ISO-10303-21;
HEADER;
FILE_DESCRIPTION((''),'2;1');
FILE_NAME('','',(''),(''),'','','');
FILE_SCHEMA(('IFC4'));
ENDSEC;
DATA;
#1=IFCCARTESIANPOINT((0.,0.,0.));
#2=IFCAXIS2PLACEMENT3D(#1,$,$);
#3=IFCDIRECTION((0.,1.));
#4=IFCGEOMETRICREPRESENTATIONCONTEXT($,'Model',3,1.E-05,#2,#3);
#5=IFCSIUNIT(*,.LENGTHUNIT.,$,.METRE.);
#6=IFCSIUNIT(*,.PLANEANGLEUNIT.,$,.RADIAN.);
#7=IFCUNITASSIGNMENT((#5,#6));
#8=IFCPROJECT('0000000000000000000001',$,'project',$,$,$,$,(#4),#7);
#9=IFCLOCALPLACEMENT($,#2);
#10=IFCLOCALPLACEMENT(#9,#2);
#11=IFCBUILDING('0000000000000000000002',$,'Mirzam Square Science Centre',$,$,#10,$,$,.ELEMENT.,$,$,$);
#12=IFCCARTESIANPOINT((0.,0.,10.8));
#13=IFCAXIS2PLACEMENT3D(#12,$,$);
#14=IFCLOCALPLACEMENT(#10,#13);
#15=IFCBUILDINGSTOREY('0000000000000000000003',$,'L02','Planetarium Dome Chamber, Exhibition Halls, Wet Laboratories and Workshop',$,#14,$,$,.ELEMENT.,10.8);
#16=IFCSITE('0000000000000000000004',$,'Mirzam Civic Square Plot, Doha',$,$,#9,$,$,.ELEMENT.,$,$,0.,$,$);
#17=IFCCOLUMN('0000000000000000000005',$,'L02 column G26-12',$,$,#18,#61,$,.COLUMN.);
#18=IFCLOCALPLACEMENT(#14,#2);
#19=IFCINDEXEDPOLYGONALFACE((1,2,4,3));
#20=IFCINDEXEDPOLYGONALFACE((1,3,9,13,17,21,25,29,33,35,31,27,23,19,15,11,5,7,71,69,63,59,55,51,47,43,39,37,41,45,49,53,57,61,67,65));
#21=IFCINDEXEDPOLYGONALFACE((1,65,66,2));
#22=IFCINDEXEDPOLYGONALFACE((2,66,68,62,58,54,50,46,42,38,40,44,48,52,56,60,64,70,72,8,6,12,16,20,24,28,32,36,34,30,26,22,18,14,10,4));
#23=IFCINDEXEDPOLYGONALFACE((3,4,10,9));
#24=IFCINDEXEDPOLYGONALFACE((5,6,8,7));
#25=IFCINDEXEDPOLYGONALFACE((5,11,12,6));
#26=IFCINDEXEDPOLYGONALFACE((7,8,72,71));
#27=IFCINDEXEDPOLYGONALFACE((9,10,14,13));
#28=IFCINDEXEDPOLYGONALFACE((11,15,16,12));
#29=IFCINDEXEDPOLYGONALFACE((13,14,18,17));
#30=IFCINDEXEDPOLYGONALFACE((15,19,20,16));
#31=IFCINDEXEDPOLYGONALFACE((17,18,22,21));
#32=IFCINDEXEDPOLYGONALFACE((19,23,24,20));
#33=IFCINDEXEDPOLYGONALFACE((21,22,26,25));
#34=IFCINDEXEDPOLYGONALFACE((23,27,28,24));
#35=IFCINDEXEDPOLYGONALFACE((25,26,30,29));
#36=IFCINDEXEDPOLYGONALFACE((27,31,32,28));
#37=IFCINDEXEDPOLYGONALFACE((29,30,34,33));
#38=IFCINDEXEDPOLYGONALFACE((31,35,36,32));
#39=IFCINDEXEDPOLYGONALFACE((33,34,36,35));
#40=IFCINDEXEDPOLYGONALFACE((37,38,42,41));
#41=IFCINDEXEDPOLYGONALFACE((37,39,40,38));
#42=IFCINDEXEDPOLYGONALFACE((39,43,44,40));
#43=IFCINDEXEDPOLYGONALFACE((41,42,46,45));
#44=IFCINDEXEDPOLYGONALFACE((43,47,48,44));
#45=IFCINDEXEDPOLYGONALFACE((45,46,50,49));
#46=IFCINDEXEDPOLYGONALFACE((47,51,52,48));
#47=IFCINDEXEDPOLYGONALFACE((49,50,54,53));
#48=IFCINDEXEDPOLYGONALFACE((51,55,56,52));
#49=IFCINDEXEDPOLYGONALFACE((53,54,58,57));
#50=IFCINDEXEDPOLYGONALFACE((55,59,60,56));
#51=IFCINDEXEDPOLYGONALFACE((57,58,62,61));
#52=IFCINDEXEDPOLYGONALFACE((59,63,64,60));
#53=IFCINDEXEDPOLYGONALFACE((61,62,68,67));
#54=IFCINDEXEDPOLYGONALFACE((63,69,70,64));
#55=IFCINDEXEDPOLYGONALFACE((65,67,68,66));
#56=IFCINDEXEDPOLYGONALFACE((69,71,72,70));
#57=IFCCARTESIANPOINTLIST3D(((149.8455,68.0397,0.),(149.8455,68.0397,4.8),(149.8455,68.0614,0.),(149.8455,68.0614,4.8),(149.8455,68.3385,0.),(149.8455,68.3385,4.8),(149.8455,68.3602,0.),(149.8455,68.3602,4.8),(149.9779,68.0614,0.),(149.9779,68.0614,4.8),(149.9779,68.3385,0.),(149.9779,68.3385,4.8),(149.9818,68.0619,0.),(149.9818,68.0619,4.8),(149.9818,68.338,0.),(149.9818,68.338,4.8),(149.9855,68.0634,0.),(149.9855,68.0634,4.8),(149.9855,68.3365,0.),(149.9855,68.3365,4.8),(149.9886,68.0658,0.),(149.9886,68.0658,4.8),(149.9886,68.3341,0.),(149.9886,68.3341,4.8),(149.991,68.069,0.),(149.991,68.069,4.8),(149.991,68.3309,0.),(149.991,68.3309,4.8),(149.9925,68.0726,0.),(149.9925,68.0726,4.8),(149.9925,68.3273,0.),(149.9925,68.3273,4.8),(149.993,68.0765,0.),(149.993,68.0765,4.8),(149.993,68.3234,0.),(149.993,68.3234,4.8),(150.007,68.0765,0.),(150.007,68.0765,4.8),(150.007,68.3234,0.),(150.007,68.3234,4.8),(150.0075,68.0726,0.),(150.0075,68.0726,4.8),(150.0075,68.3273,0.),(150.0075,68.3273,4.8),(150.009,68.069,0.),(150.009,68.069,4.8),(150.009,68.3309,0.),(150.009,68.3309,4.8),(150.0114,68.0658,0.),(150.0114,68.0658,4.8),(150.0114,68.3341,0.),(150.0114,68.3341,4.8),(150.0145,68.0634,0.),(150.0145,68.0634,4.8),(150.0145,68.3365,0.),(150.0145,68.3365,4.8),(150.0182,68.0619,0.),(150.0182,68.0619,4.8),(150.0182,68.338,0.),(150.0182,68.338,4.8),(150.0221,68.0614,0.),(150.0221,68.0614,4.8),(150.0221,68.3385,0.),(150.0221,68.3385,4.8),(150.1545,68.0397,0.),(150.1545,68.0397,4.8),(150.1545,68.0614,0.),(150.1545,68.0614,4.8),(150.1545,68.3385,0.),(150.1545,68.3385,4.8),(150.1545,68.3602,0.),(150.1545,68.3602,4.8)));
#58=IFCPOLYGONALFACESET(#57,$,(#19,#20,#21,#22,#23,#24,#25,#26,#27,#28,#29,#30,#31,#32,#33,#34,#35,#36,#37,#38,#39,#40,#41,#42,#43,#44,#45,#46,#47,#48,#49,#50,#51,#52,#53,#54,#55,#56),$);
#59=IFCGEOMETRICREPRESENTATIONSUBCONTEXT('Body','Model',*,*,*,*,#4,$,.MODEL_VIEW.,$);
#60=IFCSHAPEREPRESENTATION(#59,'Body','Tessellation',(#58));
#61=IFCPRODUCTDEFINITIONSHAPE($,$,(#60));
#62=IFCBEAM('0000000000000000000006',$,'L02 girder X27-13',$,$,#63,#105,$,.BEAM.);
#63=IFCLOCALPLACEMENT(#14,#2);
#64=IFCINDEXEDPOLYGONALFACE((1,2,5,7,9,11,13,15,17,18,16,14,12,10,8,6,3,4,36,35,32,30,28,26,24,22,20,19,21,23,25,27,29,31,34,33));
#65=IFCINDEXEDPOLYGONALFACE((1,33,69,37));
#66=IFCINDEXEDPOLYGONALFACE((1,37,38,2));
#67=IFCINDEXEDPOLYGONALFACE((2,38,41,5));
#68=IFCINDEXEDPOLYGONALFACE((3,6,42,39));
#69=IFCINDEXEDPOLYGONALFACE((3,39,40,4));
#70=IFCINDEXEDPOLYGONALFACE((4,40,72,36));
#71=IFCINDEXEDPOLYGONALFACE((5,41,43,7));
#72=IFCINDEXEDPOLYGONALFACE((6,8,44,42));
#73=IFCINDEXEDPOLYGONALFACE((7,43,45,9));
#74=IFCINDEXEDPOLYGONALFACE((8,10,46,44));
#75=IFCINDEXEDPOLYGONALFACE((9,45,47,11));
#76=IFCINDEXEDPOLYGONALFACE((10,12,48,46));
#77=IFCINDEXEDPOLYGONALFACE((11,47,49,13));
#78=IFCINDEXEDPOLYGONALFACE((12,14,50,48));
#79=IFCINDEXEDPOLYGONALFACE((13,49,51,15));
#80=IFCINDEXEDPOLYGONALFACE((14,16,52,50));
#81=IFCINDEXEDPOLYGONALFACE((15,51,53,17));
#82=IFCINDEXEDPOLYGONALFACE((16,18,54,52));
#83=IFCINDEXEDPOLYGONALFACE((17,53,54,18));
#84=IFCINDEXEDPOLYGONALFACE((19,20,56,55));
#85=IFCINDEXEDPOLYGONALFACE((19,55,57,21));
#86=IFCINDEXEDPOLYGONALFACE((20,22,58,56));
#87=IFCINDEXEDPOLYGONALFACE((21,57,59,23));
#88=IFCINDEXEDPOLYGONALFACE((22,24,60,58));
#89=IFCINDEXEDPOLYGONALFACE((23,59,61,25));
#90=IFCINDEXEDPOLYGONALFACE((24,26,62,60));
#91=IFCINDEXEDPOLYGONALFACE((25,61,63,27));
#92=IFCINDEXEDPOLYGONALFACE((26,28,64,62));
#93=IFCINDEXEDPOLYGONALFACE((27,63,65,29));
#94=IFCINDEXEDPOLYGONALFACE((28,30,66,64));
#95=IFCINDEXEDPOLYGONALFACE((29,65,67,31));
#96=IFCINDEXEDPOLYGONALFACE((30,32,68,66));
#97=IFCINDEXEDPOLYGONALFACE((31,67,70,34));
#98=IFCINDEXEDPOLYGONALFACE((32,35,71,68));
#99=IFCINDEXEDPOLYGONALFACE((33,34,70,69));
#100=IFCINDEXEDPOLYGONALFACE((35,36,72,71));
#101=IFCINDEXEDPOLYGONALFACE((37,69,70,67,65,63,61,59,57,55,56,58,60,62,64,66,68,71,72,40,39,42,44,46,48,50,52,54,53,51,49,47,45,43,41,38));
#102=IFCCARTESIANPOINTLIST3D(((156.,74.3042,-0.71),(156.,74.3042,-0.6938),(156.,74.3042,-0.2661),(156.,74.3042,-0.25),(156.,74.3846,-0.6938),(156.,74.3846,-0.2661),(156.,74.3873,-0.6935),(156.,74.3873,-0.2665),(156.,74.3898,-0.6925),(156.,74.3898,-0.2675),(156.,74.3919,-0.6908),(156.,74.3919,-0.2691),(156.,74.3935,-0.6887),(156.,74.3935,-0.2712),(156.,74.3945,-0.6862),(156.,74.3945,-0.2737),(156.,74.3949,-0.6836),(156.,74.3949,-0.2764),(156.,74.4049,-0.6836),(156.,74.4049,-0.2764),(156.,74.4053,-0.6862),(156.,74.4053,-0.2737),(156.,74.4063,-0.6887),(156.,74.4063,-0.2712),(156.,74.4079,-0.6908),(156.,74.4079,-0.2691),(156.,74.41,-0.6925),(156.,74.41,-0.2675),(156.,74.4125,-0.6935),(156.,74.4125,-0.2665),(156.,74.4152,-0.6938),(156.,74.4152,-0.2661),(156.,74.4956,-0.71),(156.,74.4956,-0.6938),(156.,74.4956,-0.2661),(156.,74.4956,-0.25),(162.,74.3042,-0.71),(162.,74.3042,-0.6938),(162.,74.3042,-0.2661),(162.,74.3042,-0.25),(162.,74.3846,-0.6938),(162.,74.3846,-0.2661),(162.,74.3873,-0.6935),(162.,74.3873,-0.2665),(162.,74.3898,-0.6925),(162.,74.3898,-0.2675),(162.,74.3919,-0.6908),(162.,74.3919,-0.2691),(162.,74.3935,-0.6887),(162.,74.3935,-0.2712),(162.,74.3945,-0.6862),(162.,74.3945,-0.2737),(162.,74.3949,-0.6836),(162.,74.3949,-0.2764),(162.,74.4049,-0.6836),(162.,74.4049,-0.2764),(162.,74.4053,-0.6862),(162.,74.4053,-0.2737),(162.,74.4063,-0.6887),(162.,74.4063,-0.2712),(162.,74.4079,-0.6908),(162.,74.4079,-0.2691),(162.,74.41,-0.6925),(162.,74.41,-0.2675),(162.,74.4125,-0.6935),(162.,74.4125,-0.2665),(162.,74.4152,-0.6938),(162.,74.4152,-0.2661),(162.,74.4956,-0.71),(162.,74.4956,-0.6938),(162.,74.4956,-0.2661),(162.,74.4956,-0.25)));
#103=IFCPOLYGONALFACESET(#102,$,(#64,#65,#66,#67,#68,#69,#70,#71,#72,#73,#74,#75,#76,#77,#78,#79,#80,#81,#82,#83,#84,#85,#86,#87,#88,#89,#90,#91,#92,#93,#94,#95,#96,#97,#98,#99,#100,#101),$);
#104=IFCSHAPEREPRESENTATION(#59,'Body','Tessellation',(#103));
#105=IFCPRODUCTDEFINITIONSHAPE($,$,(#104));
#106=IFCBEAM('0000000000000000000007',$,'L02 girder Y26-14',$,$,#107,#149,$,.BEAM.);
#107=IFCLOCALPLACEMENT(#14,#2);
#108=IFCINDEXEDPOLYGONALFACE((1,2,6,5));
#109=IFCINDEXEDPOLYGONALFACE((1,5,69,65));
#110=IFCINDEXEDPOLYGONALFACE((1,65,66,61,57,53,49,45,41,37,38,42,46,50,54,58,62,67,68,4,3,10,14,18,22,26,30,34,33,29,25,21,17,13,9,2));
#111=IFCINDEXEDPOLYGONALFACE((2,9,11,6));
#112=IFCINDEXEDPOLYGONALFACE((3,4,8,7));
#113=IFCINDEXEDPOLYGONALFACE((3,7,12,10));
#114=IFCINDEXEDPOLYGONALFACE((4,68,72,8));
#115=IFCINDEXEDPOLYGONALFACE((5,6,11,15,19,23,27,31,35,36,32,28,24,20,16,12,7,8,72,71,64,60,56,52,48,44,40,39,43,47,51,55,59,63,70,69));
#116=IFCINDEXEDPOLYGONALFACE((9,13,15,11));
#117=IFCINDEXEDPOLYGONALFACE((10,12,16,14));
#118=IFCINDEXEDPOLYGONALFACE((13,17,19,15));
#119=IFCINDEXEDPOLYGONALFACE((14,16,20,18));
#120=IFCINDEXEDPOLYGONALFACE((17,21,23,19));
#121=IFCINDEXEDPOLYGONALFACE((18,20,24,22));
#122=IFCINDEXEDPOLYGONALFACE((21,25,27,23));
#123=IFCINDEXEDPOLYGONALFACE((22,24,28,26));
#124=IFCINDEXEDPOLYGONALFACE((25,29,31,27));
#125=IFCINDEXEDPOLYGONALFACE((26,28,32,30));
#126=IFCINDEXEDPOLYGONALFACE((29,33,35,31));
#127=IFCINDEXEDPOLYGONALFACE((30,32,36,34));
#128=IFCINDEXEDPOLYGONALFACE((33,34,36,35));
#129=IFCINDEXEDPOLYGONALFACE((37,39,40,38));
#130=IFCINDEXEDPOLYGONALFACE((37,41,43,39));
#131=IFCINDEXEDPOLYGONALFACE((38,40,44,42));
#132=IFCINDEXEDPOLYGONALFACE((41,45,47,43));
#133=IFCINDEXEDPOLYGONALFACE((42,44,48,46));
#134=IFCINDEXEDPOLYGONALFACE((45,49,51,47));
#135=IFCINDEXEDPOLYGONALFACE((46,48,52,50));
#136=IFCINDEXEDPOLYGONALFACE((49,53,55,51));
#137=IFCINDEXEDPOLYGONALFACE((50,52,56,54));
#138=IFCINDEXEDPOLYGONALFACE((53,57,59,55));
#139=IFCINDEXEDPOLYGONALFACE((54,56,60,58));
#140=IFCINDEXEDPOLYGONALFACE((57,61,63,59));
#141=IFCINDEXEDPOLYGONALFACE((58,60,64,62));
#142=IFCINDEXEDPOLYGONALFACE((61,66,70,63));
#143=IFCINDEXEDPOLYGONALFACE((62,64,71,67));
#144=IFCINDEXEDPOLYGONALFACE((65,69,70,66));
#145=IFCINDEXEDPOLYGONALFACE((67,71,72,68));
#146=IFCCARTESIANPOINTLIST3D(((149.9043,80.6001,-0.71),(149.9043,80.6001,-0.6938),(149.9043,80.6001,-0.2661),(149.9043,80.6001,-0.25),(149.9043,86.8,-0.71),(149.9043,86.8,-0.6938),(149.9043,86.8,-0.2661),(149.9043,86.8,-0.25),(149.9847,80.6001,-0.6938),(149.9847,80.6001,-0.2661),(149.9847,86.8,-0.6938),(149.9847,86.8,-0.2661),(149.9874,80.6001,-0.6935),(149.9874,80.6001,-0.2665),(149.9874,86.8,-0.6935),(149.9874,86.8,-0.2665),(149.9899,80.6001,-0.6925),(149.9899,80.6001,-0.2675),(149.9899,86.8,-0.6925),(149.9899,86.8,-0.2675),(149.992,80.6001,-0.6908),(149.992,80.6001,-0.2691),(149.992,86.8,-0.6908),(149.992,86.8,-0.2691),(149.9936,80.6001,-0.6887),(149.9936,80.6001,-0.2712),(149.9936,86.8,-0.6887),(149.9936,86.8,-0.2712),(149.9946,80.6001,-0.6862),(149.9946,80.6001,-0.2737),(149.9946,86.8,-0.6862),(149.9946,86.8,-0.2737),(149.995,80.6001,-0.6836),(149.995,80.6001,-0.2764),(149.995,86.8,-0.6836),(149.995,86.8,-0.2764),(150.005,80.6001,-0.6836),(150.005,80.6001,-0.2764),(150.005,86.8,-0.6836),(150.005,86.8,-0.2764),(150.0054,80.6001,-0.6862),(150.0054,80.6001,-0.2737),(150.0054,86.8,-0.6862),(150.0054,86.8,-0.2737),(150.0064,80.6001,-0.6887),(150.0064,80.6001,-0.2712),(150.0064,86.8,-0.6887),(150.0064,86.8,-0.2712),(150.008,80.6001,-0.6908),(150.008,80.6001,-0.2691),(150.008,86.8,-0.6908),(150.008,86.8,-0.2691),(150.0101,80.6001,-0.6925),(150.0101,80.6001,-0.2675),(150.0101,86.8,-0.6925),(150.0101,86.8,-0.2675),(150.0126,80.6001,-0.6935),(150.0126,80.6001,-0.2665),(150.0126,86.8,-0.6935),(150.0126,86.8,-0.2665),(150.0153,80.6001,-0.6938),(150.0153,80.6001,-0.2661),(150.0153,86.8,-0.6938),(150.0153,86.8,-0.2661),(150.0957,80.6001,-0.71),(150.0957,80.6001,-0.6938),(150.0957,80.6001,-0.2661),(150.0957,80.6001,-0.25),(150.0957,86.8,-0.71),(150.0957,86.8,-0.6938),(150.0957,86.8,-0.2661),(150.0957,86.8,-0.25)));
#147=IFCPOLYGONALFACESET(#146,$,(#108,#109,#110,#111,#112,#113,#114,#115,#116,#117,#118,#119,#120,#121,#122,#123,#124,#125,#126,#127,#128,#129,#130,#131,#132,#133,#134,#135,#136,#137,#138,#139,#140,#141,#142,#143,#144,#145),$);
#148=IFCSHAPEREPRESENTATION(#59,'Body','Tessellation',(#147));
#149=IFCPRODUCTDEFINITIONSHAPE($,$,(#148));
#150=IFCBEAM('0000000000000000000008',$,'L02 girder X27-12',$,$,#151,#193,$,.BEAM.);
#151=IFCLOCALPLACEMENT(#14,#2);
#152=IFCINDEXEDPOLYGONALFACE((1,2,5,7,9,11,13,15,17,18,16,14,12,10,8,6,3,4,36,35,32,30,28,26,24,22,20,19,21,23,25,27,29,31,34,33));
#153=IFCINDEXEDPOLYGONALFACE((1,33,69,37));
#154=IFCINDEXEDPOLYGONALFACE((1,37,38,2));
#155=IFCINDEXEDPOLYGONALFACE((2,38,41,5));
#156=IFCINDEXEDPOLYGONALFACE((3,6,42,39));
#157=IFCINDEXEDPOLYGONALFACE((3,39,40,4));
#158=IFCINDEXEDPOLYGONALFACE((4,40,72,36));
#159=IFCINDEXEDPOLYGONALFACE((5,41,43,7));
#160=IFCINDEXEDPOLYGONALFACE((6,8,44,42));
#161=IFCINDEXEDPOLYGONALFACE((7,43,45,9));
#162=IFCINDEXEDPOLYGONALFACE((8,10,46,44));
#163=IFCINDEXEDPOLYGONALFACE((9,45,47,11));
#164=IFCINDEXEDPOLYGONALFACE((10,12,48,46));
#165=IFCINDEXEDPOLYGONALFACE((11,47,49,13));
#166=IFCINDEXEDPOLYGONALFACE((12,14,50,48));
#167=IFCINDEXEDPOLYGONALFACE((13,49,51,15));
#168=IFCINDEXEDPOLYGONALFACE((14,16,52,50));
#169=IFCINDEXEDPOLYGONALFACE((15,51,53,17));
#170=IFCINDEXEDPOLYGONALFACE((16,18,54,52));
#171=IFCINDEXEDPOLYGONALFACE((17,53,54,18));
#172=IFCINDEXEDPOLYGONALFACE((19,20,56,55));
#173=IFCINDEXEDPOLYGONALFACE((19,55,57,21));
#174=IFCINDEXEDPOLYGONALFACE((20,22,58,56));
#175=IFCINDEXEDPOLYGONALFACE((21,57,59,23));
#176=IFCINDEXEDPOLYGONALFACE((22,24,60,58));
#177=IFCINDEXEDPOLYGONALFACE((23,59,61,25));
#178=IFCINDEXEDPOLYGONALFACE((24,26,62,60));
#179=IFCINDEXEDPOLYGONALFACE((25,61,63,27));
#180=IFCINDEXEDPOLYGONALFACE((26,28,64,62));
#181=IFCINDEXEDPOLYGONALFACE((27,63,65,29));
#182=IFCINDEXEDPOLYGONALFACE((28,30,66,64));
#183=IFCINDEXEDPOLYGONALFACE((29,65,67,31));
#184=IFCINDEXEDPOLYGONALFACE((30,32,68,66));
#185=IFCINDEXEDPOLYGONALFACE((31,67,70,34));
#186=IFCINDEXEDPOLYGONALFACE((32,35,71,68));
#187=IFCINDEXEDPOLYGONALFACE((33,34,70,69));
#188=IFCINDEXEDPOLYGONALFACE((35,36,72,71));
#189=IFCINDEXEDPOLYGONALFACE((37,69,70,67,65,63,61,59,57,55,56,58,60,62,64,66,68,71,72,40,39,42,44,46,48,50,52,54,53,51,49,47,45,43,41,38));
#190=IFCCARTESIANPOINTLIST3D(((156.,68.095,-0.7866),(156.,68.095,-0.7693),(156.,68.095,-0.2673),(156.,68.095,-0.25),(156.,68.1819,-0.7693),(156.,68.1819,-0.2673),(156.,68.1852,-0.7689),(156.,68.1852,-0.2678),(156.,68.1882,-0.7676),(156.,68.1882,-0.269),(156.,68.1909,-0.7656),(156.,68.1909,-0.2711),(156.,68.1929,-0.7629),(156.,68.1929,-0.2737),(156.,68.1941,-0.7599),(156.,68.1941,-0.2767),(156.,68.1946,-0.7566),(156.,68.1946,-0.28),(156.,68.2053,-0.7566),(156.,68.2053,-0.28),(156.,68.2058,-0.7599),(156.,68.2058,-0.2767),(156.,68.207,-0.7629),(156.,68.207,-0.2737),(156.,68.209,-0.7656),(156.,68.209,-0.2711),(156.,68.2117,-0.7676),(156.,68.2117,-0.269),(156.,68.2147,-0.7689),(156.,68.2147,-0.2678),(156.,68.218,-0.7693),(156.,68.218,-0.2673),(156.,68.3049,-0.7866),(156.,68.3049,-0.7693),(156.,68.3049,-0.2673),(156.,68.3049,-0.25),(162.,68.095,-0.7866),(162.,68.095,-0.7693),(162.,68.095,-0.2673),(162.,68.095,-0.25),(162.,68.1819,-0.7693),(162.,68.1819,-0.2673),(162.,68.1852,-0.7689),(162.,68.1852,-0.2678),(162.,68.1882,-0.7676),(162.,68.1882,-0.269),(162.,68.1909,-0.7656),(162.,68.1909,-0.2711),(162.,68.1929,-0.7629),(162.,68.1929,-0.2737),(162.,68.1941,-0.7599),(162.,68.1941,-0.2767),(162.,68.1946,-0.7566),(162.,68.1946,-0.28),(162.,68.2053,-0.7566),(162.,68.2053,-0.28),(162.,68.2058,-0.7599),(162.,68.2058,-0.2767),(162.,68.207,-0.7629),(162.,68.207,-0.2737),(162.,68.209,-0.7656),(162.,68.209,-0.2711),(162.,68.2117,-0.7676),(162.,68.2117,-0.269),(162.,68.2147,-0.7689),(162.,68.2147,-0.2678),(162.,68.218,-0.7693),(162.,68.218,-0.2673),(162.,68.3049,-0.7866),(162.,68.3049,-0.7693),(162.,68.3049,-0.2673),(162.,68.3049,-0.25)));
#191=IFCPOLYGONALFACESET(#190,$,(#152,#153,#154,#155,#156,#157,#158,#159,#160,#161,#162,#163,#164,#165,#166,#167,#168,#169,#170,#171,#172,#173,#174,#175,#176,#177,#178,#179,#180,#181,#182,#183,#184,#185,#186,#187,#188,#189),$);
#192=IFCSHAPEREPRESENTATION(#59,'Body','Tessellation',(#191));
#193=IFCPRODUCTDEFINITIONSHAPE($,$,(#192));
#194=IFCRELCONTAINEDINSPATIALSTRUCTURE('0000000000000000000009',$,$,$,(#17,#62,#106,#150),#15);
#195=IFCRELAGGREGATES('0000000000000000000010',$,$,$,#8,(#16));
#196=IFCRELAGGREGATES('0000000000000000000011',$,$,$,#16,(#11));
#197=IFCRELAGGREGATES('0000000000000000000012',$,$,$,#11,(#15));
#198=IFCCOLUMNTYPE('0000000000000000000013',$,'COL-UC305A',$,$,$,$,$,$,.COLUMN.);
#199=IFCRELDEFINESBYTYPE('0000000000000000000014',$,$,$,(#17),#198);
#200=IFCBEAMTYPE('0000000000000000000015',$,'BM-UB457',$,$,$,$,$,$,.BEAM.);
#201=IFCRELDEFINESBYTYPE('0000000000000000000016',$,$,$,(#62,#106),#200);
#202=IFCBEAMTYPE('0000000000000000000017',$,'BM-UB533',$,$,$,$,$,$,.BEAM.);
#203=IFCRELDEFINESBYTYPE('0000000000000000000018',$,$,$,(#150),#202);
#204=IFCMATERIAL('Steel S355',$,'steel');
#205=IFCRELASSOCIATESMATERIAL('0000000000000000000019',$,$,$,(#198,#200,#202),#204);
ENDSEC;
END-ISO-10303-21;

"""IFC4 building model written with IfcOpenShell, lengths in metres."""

from ifc_helpers import new_model, si_unit, direction, frame, origin, origin_2d, place, context, subcontext, project, spatial, i_section, extrude, material, material_profile, profile_set, type_object, element, save


model = new_model("IFC4")

# Units and contexts
model_context = context("Model", 3, precision=1e-05, world=origin(), true_north=direction((0.0, 1.0)))
body_context = subcontext(model_context, "Body", "Model", "MODEL_VIEW")
ifc_project = project(units=[si_unit("LENGTHUNIT", "METRE"), si_unit("PLANEANGLEUNIT", "RADIAN")], contexts=[model_context])

# Site, building, storey
site_placement = place(None, origin())
site = spatial("IfcSite", under=ifc_project, at=site_placement, Name="Mirzam Civic Square Plot, Doha", CompositionType="ELEMENT", RefElevation=0.0)
building_placement = place(site_placement, origin())
building = spatial("IfcBuilding", under=site, at=building_placement, Name="Mirzam Square Science Centre", CompositionType="ELEMENT")
storey_placement = place(building_placement, frame((0.0, 0.0, 10.8)))
storey = spatial("IfcBuildingStorey", under=building, at=storey_placement, Name="L02", Description="Planetarium Dome Chamber, Exhibition Halls, Wet Laboratories and Workshop", CompositionType="ELEMENT", Elevation=10.8)

# Column
ifc_material_1 = material(Name="Steel S355", Category="steel")
ifc_material_profile_1 = material_profile(ifc_material_1, i_section(OverallWidth=0.3091, OverallDepth=0.3206, WebThickness=0.0139, FlangeThickness=0.0217, FilletRadius=0.0151, at=origin_2d()), Name="305x305x137UC")
ifc_profile_set_1 = profile_set([ifc_material_profile_1], Name="Steel S355")
column_type_1 = type_object("IfcColumnType", Name="COL-UC305A", PredefinedType="COLUMN", material=ifc_profile_set_1)
column_1_placement = place(storey_placement, frame((150.0, 68.2, 0.0), z_axis=(0.0, 0.0, 1.0), x_axis=(1.0, 0.0, 0.0)))
element("IfcColumn", 1, at=column_1_placement, inside=storey, type_object=column_type_1, Name="L02 column G26-12", PredefinedType="COLUMN", context=body_context, shape_type="SweptSolid", body=[
    extrude(i_section(OverallWidth=0.3091, OverallDepth=0.3206, WebThickness=0.0139, FlangeThickness=0.0217, FilletRadius=0.0151, at=origin_2d()), origin(), (0.0, 0.0, 1.0), 4.8),
])

# Beams
ifc_material_profile_2 = material_profile(ifc_material_1, i_section(OverallWidth=0.1914, OverallDepth=0.46, WebThickness=0.01, FlangeThickness=0.0161, FilletRadius=0.0103, at=origin_2d()), Name="457x191x82UB")
ifc_profile_set_2 = profile_set([ifc_material_profile_2], Name="Steel S355")
beam_type_1 = type_object("IfcBeamType", Name="BM-UB457", PredefinedType="BEAM", material=ifc_profile_set_2)
beam_1_placement = place(storey_placement, frame((156.0, 74.3999, -0.48), z_axis=(1.0, 0.0, 0.0), x_axis=(0.0, 1.0, 0.0)))
element("IfcBeam", 2, at=beam_1_placement, inside=storey, type_object=beam_type_1, Name="L02 girder X27-13", PredefinedType="BEAM", context=body_context, shape_type="SweptSolid", body=[
    extrude(i_section(OverallWidth=0.1914, OverallDepth=0.46, WebThickness=0.01, FlangeThickness=0.0161, FilletRadius=0.0103, at=origin_2d()), origin(), (0.0, 0.0, 1.0), 6.0),
])
beam_2_placement = place(storey_placement, frame((150.0, 80.6001, -0.48), z_axis=(0.0, 1.0, 0.0), x_axis=(-1.0, 0.0, 0.0)))
element("IfcBeam", 3, at=beam_2_placement, inside=storey, type_object=beam_type_1, Name="L02 girder Y26-14", PredefinedType="BEAM", context=body_context, shape_type="SweptSolid", body=[
    extrude(i_section(OverallWidth=0.1914, OverallDepth=0.46, WebThickness=0.01, FlangeThickness=0.0161, FilletRadius=0.0103, at=origin_2d()), origin(), (0.0, 0.0, 1.0), 6.2),
])
ifc_material_profile_3 = material_profile(ifc_material_1, i_section(OverallWidth=0.21, OverallDepth=0.5366, WebThickness=0.0107, FlangeThickness=0.0173, FilletRadius=0.0127, at=origin_2d()), Name="533x210x101UB")
ifc_profile_set_3 = profile_set([ifc_material_profile_3], Name="Steel S355")
beam_type_2 = type_object("IfcBeamType", Name="BM-UB533", PredefinedType="BEAM", material=ifc_profile_set_3)
for number, where, z_axis, x_axis, name in (
    (4, (156.0, 68.2, -0.5183), (1.0, 0.0, 0.0), (0.0, 1.0, 0.0), "L02 girder X27-12"),
):
    element("IfcBeam", number, at=place(storey_placement, frame(where, z_axis=z_axis, x_axis=x_axis)), inside=storey, type_object=beam_type_2, Name=name, PredefinedType="BEAM", context=body_context, shape_type="SweptSolid", body=[
        extrude(i_section(OverallWidth=0.21, OverallDepth=0.5366, WebThickness=0.0107, FlangeThickness=0.0173, FilletRadius=0.0127, at=origin_2d()), origin(), (0.0, 0.0, 1.0), 6.0),
    ])

save(model, "model.ifc")
